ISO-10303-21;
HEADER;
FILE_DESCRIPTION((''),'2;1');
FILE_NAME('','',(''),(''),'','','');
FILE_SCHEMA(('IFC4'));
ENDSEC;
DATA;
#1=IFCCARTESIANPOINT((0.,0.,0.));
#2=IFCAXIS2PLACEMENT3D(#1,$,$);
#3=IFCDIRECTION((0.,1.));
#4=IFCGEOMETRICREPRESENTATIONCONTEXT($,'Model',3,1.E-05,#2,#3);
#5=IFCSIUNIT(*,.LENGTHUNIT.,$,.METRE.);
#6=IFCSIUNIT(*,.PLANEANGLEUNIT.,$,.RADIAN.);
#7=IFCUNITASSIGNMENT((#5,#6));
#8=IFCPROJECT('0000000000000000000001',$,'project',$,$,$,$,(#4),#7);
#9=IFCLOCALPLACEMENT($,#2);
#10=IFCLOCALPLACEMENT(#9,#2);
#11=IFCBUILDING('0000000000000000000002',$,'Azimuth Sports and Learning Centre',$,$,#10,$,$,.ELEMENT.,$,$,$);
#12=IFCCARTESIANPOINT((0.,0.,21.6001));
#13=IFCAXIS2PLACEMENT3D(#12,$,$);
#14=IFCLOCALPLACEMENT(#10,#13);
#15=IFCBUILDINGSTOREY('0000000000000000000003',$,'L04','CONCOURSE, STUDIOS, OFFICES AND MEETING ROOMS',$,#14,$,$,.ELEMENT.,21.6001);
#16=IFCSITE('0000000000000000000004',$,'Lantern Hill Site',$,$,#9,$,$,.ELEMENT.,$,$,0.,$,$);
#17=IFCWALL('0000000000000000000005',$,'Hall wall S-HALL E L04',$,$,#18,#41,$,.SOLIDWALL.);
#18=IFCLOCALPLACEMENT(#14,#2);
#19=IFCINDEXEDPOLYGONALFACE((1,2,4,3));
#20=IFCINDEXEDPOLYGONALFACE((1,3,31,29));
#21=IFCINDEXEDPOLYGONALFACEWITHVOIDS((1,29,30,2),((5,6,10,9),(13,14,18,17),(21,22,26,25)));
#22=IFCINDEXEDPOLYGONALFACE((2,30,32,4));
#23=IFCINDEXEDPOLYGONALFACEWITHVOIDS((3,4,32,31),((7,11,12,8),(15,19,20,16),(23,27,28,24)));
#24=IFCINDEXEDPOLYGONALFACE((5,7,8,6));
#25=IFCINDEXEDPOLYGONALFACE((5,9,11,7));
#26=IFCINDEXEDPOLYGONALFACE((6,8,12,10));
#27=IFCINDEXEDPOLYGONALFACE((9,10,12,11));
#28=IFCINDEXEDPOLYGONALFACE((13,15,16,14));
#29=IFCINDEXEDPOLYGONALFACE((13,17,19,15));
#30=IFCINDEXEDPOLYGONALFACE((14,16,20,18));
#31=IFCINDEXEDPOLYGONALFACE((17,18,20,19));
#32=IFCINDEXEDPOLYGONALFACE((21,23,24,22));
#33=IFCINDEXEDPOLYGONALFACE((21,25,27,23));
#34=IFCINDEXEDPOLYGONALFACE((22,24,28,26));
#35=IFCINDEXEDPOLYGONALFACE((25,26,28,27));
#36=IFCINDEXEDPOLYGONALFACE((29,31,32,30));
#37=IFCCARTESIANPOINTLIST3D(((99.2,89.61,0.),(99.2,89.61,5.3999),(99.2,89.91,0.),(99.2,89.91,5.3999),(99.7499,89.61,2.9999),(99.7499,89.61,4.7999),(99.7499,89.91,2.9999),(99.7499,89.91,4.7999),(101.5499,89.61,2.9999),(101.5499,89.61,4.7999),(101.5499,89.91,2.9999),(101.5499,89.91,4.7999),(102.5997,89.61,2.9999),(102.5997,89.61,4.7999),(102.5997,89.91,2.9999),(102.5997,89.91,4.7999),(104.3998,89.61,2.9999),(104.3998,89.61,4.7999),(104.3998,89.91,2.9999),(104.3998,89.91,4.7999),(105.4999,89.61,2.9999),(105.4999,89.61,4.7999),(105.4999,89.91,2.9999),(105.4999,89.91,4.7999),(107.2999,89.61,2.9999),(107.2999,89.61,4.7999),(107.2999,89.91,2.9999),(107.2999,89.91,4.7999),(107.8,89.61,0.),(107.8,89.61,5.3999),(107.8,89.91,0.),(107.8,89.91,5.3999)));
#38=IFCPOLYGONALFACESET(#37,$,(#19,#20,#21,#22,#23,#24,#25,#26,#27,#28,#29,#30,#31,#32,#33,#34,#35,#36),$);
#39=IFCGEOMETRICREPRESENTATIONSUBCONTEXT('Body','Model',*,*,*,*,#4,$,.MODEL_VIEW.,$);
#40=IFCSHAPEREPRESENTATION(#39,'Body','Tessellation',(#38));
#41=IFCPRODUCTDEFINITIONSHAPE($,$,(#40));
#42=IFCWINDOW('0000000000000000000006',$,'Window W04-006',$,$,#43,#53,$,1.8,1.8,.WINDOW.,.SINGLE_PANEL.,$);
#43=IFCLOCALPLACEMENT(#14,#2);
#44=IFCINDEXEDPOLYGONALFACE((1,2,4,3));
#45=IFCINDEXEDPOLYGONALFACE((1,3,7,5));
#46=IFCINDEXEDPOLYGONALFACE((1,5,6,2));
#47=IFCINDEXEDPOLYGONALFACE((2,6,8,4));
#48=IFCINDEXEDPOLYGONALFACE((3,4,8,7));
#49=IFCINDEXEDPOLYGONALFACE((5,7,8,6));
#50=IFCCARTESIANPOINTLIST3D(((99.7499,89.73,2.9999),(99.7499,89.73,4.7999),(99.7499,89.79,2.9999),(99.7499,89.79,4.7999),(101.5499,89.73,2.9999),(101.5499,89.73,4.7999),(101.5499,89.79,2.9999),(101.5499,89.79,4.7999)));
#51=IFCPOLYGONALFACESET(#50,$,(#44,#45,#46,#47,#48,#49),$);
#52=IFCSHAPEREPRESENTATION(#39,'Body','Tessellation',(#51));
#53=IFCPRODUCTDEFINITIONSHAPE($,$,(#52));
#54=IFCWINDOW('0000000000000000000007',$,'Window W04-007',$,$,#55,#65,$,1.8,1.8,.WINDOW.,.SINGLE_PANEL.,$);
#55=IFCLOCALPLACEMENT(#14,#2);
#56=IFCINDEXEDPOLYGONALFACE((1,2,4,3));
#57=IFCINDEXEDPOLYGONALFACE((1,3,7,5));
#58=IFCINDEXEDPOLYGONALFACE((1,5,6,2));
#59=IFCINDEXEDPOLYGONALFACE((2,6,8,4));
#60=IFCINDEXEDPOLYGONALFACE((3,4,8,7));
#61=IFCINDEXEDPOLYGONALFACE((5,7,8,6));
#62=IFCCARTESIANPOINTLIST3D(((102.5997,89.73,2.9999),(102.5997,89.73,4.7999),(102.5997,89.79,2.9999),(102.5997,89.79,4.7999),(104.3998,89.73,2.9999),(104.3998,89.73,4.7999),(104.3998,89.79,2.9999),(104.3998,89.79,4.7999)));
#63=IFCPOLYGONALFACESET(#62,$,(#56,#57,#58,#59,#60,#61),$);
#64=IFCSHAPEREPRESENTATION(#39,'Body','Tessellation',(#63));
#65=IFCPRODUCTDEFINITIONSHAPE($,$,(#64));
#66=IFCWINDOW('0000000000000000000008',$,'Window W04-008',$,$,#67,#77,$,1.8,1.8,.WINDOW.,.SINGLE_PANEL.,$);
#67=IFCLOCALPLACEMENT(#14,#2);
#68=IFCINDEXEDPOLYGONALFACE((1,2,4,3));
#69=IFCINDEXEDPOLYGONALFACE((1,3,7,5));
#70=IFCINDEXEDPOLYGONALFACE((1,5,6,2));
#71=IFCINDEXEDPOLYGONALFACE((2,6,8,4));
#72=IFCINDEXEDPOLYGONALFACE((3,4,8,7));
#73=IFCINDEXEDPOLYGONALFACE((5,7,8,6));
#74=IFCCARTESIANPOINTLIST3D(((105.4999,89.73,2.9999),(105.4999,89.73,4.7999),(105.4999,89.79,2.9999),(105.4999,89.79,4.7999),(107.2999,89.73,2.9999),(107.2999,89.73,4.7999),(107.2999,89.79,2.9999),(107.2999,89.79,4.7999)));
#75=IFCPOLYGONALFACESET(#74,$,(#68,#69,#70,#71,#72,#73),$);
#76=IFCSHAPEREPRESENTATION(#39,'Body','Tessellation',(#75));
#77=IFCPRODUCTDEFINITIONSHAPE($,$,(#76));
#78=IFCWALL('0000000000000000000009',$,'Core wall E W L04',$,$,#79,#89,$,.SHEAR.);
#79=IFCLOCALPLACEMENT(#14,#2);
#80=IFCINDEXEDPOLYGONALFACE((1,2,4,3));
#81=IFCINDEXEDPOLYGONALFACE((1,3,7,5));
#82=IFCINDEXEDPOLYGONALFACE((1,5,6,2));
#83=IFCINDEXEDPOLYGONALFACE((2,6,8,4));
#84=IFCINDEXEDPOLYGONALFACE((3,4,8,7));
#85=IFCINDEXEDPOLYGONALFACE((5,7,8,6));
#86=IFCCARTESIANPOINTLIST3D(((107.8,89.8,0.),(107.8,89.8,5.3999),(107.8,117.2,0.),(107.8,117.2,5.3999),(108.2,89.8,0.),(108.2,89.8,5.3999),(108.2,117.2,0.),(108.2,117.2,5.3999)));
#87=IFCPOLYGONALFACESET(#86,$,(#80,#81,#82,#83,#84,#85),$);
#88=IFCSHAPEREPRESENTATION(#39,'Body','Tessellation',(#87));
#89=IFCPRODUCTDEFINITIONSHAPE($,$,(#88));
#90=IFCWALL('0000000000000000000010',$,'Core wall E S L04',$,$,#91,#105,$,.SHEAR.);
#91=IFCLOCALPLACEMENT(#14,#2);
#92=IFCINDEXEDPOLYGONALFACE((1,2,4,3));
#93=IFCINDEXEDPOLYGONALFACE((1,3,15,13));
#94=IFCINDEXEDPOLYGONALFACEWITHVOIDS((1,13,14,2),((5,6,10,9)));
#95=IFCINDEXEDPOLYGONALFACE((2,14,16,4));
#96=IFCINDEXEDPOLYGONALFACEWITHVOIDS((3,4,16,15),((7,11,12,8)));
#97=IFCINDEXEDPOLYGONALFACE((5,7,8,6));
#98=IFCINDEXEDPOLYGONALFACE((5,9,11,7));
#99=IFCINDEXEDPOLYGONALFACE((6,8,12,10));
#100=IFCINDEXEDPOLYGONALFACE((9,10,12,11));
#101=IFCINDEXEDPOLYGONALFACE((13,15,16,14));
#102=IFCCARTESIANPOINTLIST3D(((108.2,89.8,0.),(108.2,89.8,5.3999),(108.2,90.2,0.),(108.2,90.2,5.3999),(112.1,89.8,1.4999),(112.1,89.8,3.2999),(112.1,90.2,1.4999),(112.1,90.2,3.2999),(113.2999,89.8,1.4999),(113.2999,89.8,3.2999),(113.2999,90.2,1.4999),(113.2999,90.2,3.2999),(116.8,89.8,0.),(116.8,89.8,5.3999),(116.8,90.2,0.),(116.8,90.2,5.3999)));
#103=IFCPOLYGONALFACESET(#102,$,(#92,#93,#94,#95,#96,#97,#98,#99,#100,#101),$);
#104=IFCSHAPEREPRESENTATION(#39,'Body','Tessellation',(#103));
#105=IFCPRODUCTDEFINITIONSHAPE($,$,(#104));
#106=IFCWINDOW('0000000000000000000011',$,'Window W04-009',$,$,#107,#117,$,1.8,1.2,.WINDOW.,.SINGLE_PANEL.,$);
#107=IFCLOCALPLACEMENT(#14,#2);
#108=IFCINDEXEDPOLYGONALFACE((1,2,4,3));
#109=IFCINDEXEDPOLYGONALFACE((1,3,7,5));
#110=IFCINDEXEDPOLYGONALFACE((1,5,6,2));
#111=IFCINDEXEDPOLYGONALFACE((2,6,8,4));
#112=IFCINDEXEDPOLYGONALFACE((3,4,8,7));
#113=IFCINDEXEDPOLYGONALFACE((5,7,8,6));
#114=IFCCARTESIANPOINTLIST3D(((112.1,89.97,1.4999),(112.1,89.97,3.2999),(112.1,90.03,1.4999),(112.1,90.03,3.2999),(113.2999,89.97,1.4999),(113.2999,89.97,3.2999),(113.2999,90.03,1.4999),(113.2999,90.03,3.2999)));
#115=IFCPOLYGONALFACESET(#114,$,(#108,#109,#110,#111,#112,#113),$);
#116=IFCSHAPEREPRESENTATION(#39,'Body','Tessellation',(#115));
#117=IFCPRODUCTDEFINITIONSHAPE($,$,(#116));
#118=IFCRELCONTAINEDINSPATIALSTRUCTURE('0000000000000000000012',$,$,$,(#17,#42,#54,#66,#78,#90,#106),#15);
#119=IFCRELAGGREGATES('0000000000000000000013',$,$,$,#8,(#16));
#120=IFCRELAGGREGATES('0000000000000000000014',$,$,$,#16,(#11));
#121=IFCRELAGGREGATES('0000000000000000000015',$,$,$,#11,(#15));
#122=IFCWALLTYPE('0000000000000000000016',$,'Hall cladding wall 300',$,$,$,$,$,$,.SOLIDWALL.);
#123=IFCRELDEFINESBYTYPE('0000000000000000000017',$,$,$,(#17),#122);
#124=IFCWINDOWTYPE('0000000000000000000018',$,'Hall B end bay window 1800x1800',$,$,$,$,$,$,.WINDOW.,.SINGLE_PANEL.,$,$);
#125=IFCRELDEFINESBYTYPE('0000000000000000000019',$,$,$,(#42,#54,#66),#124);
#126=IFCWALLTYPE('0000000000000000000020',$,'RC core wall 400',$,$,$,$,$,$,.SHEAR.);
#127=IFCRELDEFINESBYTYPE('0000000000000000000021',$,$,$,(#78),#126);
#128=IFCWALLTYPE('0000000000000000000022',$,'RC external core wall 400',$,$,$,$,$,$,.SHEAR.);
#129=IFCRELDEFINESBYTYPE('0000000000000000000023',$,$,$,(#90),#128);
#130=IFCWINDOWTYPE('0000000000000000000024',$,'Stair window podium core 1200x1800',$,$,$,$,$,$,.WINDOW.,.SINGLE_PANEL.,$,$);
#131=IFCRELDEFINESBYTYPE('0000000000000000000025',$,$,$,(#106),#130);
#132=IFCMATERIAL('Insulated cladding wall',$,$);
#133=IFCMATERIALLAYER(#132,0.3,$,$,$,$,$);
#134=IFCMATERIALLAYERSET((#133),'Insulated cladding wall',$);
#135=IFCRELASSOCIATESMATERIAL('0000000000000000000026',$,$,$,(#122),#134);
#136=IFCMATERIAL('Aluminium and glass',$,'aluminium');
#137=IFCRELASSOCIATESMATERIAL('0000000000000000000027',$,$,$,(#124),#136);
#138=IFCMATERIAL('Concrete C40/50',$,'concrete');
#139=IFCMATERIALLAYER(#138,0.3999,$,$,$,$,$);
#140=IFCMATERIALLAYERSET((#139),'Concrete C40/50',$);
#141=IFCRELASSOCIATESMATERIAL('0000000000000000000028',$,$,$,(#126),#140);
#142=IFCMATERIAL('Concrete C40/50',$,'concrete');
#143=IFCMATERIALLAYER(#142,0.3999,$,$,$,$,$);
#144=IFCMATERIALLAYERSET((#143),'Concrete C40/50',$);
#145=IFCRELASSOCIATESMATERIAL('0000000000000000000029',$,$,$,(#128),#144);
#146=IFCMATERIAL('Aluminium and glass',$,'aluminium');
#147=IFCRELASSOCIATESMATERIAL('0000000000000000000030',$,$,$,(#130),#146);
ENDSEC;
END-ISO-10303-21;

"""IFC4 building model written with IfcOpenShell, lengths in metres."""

from ifc_helpers import new_model, si_unit, direction, frame, frame_2d, origin, place, context, subcontext, project, spatial, rectangle, extrude, material, layer, layer_set, type_object, element, fill, save


model = new_model("IFC4")

# Units and contexts
model_context = context("Model", 3, precision=1e-05, world=origin(), true_north=direction((0.0, 1.0)))
body_context = subcontext(model_context, "Body", "Model", "MODEL_VIEW")
ifc_project = project(units=[si_unit("LENGTHUNIT", "METRE"), si_unit("PLANEANGLEUNIT", "RADIAN")], contexts=[model_context])

# Site, building, storey
site_placement = place(None, origin())
site = spatial("IfcSite", under=ifc_project, at=site_placement, Name="Lantern Hill Site", CompositionType="ELEMENT", RefElevation=0.0)
building_placement = place(site_placement, origin())
building = spatial("IfcBuilding", under=site, at=building_placement, Name="Azimuth Sports and Learning Centre", CompositionType="ELEMENT")
storey_placement = place(building_placement, frame((0.0, 0.0, 21.6001)))
storey = spatial("IfcBuildingStorey", under=building, at=storey_placement, Name="L04", Description="CONCOURSE, STUDIOS, OFFICES AND MEETING ROOMS", CompositionType="ELEMENT", Elevation=21.6001)

# Wall, openings, windows
ifc_material_1 = material(Name="Insulated cladding wall")
ifc_layer_1 = layer(ifc_material_1, 0.3)
ifc_layer_set_1 = layer_set([ifc_layer_1], Name="Insulated cladding wall")
wall_type_1 = type_object("IfcWallType", Name="Hall cladding wall 300", PredefinedType="SOLIDWALL", material=ifc_layer_set_1)
wall_1_placement = place(storey_placement, frame((99.2, 89.76, 0.0), z_axis=(0.0, 0.0, 1.0), x_axis=(1.0, 0.0, 0.0)))
wall_1 = element("IfcWall", 1, at=wall_1_placement, inside=storey, type_object=wall_type_1, Name="Hall wall S-HALL E L04", PredefinedType="SOLIDWALL", context=body_context, shape_type="SweptSolid", body=[
    extrude(rectangle(XDim=8.6001, YDim=0.3, at=frame_2d((4.3, 0.0))), origin(), (0.0, 0.0, 1.0), 5.3999),
])
opening_1_placement = place(wall_1_placement, frame((0.55, 0.0, 3.0)))
opening_1 = element("IfcOpeningElement", 2, at=opening_1_placement, cuts=wall_1, PredefinedType="OPENING", context=body_context, shape_type="SweptSolid", body=[
    extrude(rectangle(XDim=1.8, YDim=1.8, at=frame_2d((0.8999, 0.8999))), frame((0.0, 0.1611, 0.0), z_axis=(0.0, -1.0, 0.0), x_axis=(1.0, 0.0, 0.0)), (0.0, 0.0, 1.0), 0.322),
])
opening_2_placement = place(wall_1_placement, frame((3.3999, 0.0, 3.0)))
opening_2 = element("IfcOpeningElement", 3, at=opening_2_placement, cuts=wall_1, PredefinedType="OPENING", context=body_context, shape_type="SweptSolid", body=[
    extrude(rectangle(XDim=1.8, YDim=1.8, at=frame_2d((0.8999, 0.8999))), frame((0.0, 0.1611, 0.0), z_axis=(0.0, -1.0, 0.0), x_axis=(1.0, 0.0, 0.0)), (0.0, 0.0, 1.0), 0.322),
])
opening_3_placement = place(wall_1_placement, frame((6.3, 0.0, 3.0)))
opening_3 = element("IfcOpeningElement", 4, at=opening_3_placement, cuts=wall_1, PredefinedType="OPENING", context=body_context, shape_type="SweptSolid", body=[
    extrude(rectangle(XDim=1.8, YDim=1.8, at=frame_2d((0.8999, 0.8999))), frame((0.0, 0.1611, 0.0), z_axis=(0.0, -1.0, 0.0), x_axis=(1.0, 0.0, 0.0)), (0.0, 0.0, 1.0), 0.322),
])
ifc_material_2 = material(Name="Aluminium and glass", Category="aluminium")
window_type_1 = type_object("IfcWindowType", Name="Hall B end bay window 1800x1800", PartitioningType="SINGLE_PANEL", PredefinedType="WINDOW", material=ifc_material_2)
window_1_placement = place(opening_1_placement, origin())
window_1 = element("IfcWindow", 5, at=window_1_placement, inside=storey, type_object=window_type_1, Name="Window W04-006", OverallHeight=1.8, OverallWidth=1.8, PartitioningType="SINGLE_PANEL", PredefinedType="WINDOW", context=body_context, shape_type="SweptSolid", body=[
    extrude(rectangle(XDim=1.8, YDim=1.8, at=frame_2d((0.8999, 0.8999))), frame((0.0, 0.03, 0.0), z_axis=(0.0, -1.0, 0.0), x_axis=(1.0, 0.0, 0.0)), (0.0, 0.0, 1.0), 0.0601),
])
fill(opening_1, window_1)
window_2_placement = place(opening_2_placement, origin())
window_2 = element("IfcWindow", 6, at=window_2_placement, inside=storey, type_object=window_type_1, Name="Window W04-007", OverallHeight=1.8, OverallWidth=1.8, PartitioningType="SINGLE_PANEL", PredefinedType="WINDOW", context=body_context, shape_type="SweptSolid", body=[
    extrude(rectangle(XDim=1.8, YDim=1.8, at=frame_2d((0.8999, 0.8999))), frame((0.0, 0.03, 0.0), z_axis=(0.0, -1.0, 0.0), x_axis=(1.0, 0.0, 0.0)), (0.0, 0.0, 1.0), 0.0601),
])
fill(opening_2, window_2)
window_3_placement = place(opening_3_placement, origin())
window_3 = element("IfcWindow", 7, at=window_3_placement, inside=storey, type_object=window_type_1, Name="Window W04-008", OverallHeight=1.8, OverallWidth=1.8, PartitioningType="SINGLE_PANEL", PredefinedType="WINDOW", context=body_context, shape_type="SweptSolid", body=[
    extrude(rectangle(XDim=1.8, YDim=1.8, at=frame_2d((0.8999, 0.8999))), frame((0.0, 0.03, 0.0), z_axis=(0.0, -1.0, 0.0), x_axis=(1.0, 0.0, 0.0)), (0.0, 0.0, 1.0), 0.0601),
])
fill(opening_3, window_3)

# Wall
ifc_material_3 = material(Name="Concrete C40/50", Category="concrete")
ifc_layer_2 = layer(ifc_material_3, 0.3999)
ifc_layer_set_2 = layer_set([ifc_layer_2], Name="Concrete C40/50")
wall_type_2 = type_object("IfcWallType", Name="RC core wall 400", PredefinedType="SHEAR", material=ifc_layer_set_2)
wall_2_placement = place(storey_placement, frame((108.0, 89.8, 0.0), z_axis=(0.0, 0.0, 1.0), x_axis=(0.0, 1.0, 0.0)))
element("IfcWall", 8, at=wall_2_placement, inside=storey, type_object=wall_type_2, Name="Core wall E W L04", PredefinedType="SHEAR", context=body_context, shape_type="SweptSolid", body=[
    extrude(rectangle(XDim=27.3999, YDim=0.3999, at=frame_2d((13.7, 0.0))), origin(), (0.0, 0.0, 1.0), 5.3999),
])

# Wall, opening, window
ifc_material_4 = material(Name="Concrete C40/50", Category="concrete")
ifc_layer_3 = layer(ifc_material_4, 0.3999)
ifc_layer_set_3 = layer_set([ifc_layer_3], Name="Concrete C40/50")
wall_type_3 = type_object("IfcWallType", Name="RC external core wall 400", PredefinedType="SHEAR", material=ifc_layer_set_3)
wall_3_placement = place(storey_placement, frame((108.2, 90.0, 0.0), z_axis=(0.0, 0.0, 1.0), x_axis=(1.0, 0.0, 0.0)))
wall_3 = element("IfcWall", 9, at=wall_3_placement, inside=storey, type_object=wall_type_3, Name="Core wall E S L04", PredefinedType="SHEAR", context=body_context, shape_type="SweptSolid", body=[
    extrude(rectangle(XDim=8.6001, YDim=0.3999, at=frame_2d((4.3, 0.0))), origin(), (0.0, 0.0, 1.0), 5.3999),
])
opening_4_placement = place(wall_3_placement, frame((3.8999, 0.0, 1.5)))
opening_4 = element("IfcOpeningElement", 10, at=opening_4_placement, cuts=wall_3, PredefinedType="OPENING", context=body_context, shape_type="SweptSolid", body=[
    extrude(rectangle(XDim=1.2, YDim=1.8, at=frame_2d((0.6001, 0.8999))), frame((0.0, 0.2109, 0.0), z_axis=(0.0, -1.0, 0.0), x_axis=(1.0, 0.0, 0.0)), (0.0, 0.0, 1.0), 0.4219),
])
ifc_material_5 = material(Name="Aluminium and glass", Category="aluminium")
window_type_2 = type_object("IfcWindowType", Name="Stair window podium core 1200x1800", PartitioningType="SINGLE_PANEL", PredefinedType="WINDOW", material=ifc_material_5)
window_4_placement = place(opening_4_placement, origin())
window_4 = element("IfcWindow", 11, at=window_4_placement, inside=storey, type_object=window_type_2, Name="Window W04-009", OverallHeight=1.8, OverallWidth=1.2, PartitioningType="SINGLE_PANEL", PredefinedType="WINDOW", context=body_context, shape_type="SweptSolid", body=[
    extrude(rectangle(XDim=1.2, YDim=1.8, at=frame_2d((0.6001, 0.8999))), frame((0.0, 0.03, 0.0), z_axis=(0.0, -1.0, 0.0), x_axis=(1.0, 0.0, 0.0)), (0.0, 0.0, 1.0), 0.0601),
])
fill(opening_4, window_4)

save(model, "model.ifc")
